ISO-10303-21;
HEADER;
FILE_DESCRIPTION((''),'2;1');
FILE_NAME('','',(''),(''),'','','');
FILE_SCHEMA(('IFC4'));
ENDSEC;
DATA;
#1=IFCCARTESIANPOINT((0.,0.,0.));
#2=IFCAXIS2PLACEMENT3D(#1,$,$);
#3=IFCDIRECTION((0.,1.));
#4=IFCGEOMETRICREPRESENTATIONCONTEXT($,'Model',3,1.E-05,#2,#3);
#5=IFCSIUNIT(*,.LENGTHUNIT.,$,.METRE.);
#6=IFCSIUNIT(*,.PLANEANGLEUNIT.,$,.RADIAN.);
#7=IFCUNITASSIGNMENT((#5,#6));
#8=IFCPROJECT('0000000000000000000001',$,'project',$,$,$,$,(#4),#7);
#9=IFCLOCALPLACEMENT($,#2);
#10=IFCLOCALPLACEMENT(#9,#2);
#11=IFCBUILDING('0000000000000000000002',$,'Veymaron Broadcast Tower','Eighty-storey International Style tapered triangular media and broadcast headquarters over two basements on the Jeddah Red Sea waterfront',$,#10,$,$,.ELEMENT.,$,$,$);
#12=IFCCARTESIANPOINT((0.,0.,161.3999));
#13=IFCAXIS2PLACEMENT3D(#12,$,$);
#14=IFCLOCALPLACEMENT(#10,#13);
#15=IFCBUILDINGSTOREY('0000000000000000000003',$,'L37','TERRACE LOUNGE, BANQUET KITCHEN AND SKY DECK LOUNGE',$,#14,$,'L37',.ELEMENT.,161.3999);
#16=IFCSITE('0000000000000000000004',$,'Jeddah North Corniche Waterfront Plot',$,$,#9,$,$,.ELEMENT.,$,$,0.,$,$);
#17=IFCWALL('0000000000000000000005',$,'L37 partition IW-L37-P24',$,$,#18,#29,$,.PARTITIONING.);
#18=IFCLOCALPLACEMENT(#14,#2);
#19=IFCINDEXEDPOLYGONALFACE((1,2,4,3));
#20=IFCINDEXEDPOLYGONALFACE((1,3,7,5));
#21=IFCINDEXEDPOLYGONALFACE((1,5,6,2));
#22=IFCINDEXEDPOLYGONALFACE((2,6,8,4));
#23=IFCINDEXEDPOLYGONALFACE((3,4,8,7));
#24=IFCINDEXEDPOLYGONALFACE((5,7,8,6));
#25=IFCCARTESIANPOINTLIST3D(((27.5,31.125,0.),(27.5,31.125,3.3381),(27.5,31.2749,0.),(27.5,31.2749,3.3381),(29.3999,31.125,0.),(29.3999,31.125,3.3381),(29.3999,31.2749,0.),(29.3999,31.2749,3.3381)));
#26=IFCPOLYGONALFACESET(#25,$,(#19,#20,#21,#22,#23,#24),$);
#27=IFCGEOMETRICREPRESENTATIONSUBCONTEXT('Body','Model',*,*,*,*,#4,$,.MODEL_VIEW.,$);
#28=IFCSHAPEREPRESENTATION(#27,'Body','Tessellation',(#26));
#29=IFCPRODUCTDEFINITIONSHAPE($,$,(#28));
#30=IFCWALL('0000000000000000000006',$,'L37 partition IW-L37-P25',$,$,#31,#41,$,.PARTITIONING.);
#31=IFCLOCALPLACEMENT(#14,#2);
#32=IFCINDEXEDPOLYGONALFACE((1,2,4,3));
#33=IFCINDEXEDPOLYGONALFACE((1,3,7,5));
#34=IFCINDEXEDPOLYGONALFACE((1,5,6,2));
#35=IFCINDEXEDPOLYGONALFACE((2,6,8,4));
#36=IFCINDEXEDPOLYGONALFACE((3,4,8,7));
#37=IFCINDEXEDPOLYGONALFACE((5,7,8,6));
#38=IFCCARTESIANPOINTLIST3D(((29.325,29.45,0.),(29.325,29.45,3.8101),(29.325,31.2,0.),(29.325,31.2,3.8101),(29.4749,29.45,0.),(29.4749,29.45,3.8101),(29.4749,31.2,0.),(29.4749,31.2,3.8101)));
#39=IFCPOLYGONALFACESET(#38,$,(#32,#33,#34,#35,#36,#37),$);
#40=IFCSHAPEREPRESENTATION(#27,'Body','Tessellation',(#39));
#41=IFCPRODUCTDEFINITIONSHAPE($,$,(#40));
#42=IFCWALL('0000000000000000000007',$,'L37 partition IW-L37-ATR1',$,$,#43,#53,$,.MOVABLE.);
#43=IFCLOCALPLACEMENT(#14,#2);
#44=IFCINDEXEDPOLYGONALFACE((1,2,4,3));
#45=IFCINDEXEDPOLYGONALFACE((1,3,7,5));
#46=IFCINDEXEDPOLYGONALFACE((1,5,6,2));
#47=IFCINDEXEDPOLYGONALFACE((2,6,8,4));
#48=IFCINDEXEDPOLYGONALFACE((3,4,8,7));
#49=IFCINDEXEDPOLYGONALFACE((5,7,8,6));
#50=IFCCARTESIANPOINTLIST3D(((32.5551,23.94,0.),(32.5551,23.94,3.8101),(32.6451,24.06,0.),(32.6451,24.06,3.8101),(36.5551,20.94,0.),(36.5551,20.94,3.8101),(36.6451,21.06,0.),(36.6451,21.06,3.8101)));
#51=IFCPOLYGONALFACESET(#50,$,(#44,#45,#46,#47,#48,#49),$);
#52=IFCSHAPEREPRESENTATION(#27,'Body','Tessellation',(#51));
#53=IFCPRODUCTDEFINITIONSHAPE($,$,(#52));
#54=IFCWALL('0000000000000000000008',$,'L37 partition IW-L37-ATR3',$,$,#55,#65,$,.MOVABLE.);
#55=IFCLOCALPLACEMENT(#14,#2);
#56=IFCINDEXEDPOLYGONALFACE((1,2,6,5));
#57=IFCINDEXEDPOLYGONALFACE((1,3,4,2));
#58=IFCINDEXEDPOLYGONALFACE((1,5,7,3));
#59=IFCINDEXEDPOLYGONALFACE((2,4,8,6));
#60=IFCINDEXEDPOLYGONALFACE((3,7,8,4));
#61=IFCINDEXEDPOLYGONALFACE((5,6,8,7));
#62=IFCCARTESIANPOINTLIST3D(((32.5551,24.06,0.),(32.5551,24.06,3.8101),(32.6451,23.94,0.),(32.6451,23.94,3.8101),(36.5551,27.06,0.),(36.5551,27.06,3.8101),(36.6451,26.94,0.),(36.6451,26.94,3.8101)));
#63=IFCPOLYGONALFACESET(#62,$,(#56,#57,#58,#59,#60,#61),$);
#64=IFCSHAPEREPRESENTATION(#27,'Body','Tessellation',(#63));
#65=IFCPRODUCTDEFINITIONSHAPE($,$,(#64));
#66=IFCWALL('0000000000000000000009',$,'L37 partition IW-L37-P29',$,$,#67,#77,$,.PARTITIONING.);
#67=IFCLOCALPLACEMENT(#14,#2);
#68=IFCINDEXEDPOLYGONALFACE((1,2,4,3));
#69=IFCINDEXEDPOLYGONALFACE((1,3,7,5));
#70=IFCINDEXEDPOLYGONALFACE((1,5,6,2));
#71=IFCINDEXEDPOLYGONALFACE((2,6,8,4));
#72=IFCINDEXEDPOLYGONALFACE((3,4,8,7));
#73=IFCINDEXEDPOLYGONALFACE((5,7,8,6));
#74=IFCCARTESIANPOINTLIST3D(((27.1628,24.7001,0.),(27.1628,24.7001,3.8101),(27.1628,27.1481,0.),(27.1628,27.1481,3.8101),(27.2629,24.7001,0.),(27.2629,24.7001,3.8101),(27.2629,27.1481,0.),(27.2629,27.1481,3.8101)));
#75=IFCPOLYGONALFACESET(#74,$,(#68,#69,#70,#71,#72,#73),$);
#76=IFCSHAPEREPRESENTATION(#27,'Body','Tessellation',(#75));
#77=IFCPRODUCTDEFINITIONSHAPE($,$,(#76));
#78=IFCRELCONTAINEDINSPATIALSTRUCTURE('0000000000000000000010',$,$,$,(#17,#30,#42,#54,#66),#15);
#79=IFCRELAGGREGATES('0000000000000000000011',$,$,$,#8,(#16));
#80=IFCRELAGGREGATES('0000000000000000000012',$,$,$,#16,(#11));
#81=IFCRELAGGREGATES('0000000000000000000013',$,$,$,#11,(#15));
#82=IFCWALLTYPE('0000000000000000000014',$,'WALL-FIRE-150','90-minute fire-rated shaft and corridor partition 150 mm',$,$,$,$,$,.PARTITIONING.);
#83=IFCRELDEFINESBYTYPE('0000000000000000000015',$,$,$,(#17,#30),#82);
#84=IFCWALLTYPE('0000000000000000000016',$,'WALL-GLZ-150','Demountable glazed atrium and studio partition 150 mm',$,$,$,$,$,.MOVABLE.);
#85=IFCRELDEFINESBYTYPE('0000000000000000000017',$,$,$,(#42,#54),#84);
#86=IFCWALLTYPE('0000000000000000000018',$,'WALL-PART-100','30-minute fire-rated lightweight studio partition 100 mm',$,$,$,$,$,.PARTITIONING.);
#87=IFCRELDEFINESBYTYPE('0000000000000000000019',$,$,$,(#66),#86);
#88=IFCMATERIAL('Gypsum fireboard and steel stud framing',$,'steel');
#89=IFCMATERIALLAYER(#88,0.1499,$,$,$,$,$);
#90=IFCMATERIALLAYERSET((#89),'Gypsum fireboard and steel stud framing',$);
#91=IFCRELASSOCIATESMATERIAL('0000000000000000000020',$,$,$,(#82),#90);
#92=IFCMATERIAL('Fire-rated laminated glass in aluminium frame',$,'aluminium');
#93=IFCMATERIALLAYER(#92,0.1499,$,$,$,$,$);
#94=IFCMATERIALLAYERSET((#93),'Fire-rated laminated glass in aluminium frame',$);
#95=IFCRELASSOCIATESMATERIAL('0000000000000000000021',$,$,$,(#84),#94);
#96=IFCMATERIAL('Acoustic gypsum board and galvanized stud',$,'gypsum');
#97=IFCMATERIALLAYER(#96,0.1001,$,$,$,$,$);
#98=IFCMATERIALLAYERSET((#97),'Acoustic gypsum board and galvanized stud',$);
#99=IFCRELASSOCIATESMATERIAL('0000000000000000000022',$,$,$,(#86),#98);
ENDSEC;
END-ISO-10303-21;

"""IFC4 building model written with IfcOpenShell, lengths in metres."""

from ifc_helpers import new_model, si_unit, direction, frame, frame_2d, origin, place, context, subcontext, project, spatial, rectangle, extrude, material, layer, layer_set, type_object, element, save


model = new_model("IFC4")

# Units and contexts
model_context = context("Model", 3, precision=1e-05, world=origin(), true_north=direction((0.0, 1.0)))
body_context = subcontext(model_context, "Body", "Model", "MODEL_VIEW")
ifc_project = project(units=[si_unit("LENGTHUNIT", "METRE"), si_unit("PLANEANGLEUNIT", "RADIAN")], contexts=[model_context])

# Site, building, storey
site_placement = place(None, origin())
site = spatial("IfcSite", under=ifc_project, at=site_placement, Name="Jeddah North Corniche Waterfront Plot", CompositionType="ELEMENT", RefElevation=0.0)
building_placement = place(site_placement, origin())
building = spatial("IfcBuilding", under=site, at=building_placement, Name="Veymaron Broadcast Tower", Description="Eighty-storey International Style tapered triangular media and broadcast headquarters over two basements on the Jeddah Red Sea waterfront", CompositionType="ELEMENT")
storey_placement = place(building_placement, frame((0.0, 0.0, 161.3999)))
storey = spatial("IfcBuildingStorey", under=building, at=storey_placement, Name="L37", Description="TERRACE LOUNGE, BANQUET KITCHEN AND SKY DECK LOUNGE", LongName="L37", CompositionType="ELEMENT", Elevation=161.3999)

# Shared definitions
ifc_material_1 = material(Name="Gypsum fireboard and steel stud framing", Category="steel")
ifc_layer_1 = layer(ifc_material_1, 0.1499)
ifc_layer_set_1 = layer_set([ifc_layer_1], Name="Gypsum fireboard and steel stud framing")
wall_type_1 = type_object("IfcWallType", Name="WALL-FIRE-150", Description="90-minute fire-rated shaft and corridor partition 150 mm", PredefinedType="PARTITIONING", material=ifc_layer_set_1)

# Walls
wall_1_placement = place(storey_placement, frame((27.5, 31.2, 0.0), z_axis=(0.0, 0.0, 1.0), x_axis=(1.0, 0.0, 0.0)))
element("IfcWall", 1, at=wall_1_placement, inside=storey, type_object=wall_type_1, Name="L37 partition IW-L37-P24", PredefinedType="PARTITIONING", context=body_context, shape_type="SweptSolid", body=[
    extrude(rectangle(XDim=1.8999, YDim=0.1499, at=frame_2d((0.95, 0.0))), origin(), (0.0, 0.0, 1.0), 3.3381),
])
wall_2_placement = place(storey_placement, frame((29.3999, 29.45, 0.0), z_axis=(0.0, 0.0, 1.0), x_axis=(0.0, 1.0, 0.0)))
element("IfcWall", 2, at=wall_2_placement, inside=storey, type_object=wall_type_1, Name="L37 partition IW-L37-P25", PredefinedType="PARTITIONING", context=body_context, shape_type="SweptSolid", body=[
    extrude(rectangle(XDim=1.75, YDim=0.1499, at=frame_2d((0.875, 0.0))), origin(), (0.0, 0.0, 1.0), 3.8101),
])
ifc_material_2 = material(Name="Fire-rated laminated glass in aluminium frame", Category="aluminium")
ifc_layer_2 = layer(ifc_material_2, 0.1499)
ifc_layer_set_2 = layer_set([ifc_layer_2], Name="Fire-rated laminated glass in aluminium frame")
wall_type_2 = type_object("IfcWallType", Name="WALL-GLZ-150", Description="Demountable glazed atrium and studio partition 150 mm", PredefinedType="MOVABLE", material=ifc_layer_set_2)
for number, where, z_axis, x_axis, name in (
    (3, (32.6001, 24.0, 0.0), (0.0, 0.0, 1.0), (0.8, -0.6, 0.0), "L37 partition IW-L37-ATR1"),
    (4, (36.6001, 27.0, 0.0), (0.0, 0.0, 1.0), (-0.8, -0.6, 0.0), "L37 partition IW-L37-ATR3"),
):
    element("IfcWall", number, at=place(storey_placement, frame(where, z_axis=z_axis, x_axis=x_axis)), inside=storey, type_object=wall_type_2, Name=name, PredefinedType="MOVABLE", context=body_context, shape_type="SweptSolid", body=[
        extrude(rectangle(XDim=5.0, YDim=0.1499, at=frame_2d((2.5, 0.0))), origin(), (0.0, 0.0, 1.0), 3.8101),
    ])
ifc_material_3 = material(Name="Acoustic gypsum board and galvanized stud", Category="gypsum")
ifc_layer_3 = layer(ifc_material_3, 0.1001)
ifc_layer_set_3 = layer_set([ifc_layer_3], Name="Acoustic gypsum board and galvanized stud")
wall_type_3 = type_object("IfcWallType", Name="WALL-PART-100", Description="30-minute fire-rated lightweight studio partition 100 mm", PredefinedType="PARTITIONING", material=ifc_layer_set_3)
wall_3_placement = place(storey_placement, frame((27.2129, 24.7, 0.0), z_axis=(0.0, 0.0, 1.0), x_axis=(0.0, 1.0, 0.0)))
element("IfcWall", 5, at=wall_3_placement, inside=storey, type_object=wall_type_3, Name="L37 partition IW-L37-P29", PredefinedType="PARTITIONING", context=body_context, shape_type="SweptSolid", body=[
    extrude(rectangle(XDim=2.448, YDim=0.1001, at=frame_2d((1.2241, 0.0))), origin(), (0.0, 0.0, 1.0), 3.8101),
])

save(model, "model.ifc")
